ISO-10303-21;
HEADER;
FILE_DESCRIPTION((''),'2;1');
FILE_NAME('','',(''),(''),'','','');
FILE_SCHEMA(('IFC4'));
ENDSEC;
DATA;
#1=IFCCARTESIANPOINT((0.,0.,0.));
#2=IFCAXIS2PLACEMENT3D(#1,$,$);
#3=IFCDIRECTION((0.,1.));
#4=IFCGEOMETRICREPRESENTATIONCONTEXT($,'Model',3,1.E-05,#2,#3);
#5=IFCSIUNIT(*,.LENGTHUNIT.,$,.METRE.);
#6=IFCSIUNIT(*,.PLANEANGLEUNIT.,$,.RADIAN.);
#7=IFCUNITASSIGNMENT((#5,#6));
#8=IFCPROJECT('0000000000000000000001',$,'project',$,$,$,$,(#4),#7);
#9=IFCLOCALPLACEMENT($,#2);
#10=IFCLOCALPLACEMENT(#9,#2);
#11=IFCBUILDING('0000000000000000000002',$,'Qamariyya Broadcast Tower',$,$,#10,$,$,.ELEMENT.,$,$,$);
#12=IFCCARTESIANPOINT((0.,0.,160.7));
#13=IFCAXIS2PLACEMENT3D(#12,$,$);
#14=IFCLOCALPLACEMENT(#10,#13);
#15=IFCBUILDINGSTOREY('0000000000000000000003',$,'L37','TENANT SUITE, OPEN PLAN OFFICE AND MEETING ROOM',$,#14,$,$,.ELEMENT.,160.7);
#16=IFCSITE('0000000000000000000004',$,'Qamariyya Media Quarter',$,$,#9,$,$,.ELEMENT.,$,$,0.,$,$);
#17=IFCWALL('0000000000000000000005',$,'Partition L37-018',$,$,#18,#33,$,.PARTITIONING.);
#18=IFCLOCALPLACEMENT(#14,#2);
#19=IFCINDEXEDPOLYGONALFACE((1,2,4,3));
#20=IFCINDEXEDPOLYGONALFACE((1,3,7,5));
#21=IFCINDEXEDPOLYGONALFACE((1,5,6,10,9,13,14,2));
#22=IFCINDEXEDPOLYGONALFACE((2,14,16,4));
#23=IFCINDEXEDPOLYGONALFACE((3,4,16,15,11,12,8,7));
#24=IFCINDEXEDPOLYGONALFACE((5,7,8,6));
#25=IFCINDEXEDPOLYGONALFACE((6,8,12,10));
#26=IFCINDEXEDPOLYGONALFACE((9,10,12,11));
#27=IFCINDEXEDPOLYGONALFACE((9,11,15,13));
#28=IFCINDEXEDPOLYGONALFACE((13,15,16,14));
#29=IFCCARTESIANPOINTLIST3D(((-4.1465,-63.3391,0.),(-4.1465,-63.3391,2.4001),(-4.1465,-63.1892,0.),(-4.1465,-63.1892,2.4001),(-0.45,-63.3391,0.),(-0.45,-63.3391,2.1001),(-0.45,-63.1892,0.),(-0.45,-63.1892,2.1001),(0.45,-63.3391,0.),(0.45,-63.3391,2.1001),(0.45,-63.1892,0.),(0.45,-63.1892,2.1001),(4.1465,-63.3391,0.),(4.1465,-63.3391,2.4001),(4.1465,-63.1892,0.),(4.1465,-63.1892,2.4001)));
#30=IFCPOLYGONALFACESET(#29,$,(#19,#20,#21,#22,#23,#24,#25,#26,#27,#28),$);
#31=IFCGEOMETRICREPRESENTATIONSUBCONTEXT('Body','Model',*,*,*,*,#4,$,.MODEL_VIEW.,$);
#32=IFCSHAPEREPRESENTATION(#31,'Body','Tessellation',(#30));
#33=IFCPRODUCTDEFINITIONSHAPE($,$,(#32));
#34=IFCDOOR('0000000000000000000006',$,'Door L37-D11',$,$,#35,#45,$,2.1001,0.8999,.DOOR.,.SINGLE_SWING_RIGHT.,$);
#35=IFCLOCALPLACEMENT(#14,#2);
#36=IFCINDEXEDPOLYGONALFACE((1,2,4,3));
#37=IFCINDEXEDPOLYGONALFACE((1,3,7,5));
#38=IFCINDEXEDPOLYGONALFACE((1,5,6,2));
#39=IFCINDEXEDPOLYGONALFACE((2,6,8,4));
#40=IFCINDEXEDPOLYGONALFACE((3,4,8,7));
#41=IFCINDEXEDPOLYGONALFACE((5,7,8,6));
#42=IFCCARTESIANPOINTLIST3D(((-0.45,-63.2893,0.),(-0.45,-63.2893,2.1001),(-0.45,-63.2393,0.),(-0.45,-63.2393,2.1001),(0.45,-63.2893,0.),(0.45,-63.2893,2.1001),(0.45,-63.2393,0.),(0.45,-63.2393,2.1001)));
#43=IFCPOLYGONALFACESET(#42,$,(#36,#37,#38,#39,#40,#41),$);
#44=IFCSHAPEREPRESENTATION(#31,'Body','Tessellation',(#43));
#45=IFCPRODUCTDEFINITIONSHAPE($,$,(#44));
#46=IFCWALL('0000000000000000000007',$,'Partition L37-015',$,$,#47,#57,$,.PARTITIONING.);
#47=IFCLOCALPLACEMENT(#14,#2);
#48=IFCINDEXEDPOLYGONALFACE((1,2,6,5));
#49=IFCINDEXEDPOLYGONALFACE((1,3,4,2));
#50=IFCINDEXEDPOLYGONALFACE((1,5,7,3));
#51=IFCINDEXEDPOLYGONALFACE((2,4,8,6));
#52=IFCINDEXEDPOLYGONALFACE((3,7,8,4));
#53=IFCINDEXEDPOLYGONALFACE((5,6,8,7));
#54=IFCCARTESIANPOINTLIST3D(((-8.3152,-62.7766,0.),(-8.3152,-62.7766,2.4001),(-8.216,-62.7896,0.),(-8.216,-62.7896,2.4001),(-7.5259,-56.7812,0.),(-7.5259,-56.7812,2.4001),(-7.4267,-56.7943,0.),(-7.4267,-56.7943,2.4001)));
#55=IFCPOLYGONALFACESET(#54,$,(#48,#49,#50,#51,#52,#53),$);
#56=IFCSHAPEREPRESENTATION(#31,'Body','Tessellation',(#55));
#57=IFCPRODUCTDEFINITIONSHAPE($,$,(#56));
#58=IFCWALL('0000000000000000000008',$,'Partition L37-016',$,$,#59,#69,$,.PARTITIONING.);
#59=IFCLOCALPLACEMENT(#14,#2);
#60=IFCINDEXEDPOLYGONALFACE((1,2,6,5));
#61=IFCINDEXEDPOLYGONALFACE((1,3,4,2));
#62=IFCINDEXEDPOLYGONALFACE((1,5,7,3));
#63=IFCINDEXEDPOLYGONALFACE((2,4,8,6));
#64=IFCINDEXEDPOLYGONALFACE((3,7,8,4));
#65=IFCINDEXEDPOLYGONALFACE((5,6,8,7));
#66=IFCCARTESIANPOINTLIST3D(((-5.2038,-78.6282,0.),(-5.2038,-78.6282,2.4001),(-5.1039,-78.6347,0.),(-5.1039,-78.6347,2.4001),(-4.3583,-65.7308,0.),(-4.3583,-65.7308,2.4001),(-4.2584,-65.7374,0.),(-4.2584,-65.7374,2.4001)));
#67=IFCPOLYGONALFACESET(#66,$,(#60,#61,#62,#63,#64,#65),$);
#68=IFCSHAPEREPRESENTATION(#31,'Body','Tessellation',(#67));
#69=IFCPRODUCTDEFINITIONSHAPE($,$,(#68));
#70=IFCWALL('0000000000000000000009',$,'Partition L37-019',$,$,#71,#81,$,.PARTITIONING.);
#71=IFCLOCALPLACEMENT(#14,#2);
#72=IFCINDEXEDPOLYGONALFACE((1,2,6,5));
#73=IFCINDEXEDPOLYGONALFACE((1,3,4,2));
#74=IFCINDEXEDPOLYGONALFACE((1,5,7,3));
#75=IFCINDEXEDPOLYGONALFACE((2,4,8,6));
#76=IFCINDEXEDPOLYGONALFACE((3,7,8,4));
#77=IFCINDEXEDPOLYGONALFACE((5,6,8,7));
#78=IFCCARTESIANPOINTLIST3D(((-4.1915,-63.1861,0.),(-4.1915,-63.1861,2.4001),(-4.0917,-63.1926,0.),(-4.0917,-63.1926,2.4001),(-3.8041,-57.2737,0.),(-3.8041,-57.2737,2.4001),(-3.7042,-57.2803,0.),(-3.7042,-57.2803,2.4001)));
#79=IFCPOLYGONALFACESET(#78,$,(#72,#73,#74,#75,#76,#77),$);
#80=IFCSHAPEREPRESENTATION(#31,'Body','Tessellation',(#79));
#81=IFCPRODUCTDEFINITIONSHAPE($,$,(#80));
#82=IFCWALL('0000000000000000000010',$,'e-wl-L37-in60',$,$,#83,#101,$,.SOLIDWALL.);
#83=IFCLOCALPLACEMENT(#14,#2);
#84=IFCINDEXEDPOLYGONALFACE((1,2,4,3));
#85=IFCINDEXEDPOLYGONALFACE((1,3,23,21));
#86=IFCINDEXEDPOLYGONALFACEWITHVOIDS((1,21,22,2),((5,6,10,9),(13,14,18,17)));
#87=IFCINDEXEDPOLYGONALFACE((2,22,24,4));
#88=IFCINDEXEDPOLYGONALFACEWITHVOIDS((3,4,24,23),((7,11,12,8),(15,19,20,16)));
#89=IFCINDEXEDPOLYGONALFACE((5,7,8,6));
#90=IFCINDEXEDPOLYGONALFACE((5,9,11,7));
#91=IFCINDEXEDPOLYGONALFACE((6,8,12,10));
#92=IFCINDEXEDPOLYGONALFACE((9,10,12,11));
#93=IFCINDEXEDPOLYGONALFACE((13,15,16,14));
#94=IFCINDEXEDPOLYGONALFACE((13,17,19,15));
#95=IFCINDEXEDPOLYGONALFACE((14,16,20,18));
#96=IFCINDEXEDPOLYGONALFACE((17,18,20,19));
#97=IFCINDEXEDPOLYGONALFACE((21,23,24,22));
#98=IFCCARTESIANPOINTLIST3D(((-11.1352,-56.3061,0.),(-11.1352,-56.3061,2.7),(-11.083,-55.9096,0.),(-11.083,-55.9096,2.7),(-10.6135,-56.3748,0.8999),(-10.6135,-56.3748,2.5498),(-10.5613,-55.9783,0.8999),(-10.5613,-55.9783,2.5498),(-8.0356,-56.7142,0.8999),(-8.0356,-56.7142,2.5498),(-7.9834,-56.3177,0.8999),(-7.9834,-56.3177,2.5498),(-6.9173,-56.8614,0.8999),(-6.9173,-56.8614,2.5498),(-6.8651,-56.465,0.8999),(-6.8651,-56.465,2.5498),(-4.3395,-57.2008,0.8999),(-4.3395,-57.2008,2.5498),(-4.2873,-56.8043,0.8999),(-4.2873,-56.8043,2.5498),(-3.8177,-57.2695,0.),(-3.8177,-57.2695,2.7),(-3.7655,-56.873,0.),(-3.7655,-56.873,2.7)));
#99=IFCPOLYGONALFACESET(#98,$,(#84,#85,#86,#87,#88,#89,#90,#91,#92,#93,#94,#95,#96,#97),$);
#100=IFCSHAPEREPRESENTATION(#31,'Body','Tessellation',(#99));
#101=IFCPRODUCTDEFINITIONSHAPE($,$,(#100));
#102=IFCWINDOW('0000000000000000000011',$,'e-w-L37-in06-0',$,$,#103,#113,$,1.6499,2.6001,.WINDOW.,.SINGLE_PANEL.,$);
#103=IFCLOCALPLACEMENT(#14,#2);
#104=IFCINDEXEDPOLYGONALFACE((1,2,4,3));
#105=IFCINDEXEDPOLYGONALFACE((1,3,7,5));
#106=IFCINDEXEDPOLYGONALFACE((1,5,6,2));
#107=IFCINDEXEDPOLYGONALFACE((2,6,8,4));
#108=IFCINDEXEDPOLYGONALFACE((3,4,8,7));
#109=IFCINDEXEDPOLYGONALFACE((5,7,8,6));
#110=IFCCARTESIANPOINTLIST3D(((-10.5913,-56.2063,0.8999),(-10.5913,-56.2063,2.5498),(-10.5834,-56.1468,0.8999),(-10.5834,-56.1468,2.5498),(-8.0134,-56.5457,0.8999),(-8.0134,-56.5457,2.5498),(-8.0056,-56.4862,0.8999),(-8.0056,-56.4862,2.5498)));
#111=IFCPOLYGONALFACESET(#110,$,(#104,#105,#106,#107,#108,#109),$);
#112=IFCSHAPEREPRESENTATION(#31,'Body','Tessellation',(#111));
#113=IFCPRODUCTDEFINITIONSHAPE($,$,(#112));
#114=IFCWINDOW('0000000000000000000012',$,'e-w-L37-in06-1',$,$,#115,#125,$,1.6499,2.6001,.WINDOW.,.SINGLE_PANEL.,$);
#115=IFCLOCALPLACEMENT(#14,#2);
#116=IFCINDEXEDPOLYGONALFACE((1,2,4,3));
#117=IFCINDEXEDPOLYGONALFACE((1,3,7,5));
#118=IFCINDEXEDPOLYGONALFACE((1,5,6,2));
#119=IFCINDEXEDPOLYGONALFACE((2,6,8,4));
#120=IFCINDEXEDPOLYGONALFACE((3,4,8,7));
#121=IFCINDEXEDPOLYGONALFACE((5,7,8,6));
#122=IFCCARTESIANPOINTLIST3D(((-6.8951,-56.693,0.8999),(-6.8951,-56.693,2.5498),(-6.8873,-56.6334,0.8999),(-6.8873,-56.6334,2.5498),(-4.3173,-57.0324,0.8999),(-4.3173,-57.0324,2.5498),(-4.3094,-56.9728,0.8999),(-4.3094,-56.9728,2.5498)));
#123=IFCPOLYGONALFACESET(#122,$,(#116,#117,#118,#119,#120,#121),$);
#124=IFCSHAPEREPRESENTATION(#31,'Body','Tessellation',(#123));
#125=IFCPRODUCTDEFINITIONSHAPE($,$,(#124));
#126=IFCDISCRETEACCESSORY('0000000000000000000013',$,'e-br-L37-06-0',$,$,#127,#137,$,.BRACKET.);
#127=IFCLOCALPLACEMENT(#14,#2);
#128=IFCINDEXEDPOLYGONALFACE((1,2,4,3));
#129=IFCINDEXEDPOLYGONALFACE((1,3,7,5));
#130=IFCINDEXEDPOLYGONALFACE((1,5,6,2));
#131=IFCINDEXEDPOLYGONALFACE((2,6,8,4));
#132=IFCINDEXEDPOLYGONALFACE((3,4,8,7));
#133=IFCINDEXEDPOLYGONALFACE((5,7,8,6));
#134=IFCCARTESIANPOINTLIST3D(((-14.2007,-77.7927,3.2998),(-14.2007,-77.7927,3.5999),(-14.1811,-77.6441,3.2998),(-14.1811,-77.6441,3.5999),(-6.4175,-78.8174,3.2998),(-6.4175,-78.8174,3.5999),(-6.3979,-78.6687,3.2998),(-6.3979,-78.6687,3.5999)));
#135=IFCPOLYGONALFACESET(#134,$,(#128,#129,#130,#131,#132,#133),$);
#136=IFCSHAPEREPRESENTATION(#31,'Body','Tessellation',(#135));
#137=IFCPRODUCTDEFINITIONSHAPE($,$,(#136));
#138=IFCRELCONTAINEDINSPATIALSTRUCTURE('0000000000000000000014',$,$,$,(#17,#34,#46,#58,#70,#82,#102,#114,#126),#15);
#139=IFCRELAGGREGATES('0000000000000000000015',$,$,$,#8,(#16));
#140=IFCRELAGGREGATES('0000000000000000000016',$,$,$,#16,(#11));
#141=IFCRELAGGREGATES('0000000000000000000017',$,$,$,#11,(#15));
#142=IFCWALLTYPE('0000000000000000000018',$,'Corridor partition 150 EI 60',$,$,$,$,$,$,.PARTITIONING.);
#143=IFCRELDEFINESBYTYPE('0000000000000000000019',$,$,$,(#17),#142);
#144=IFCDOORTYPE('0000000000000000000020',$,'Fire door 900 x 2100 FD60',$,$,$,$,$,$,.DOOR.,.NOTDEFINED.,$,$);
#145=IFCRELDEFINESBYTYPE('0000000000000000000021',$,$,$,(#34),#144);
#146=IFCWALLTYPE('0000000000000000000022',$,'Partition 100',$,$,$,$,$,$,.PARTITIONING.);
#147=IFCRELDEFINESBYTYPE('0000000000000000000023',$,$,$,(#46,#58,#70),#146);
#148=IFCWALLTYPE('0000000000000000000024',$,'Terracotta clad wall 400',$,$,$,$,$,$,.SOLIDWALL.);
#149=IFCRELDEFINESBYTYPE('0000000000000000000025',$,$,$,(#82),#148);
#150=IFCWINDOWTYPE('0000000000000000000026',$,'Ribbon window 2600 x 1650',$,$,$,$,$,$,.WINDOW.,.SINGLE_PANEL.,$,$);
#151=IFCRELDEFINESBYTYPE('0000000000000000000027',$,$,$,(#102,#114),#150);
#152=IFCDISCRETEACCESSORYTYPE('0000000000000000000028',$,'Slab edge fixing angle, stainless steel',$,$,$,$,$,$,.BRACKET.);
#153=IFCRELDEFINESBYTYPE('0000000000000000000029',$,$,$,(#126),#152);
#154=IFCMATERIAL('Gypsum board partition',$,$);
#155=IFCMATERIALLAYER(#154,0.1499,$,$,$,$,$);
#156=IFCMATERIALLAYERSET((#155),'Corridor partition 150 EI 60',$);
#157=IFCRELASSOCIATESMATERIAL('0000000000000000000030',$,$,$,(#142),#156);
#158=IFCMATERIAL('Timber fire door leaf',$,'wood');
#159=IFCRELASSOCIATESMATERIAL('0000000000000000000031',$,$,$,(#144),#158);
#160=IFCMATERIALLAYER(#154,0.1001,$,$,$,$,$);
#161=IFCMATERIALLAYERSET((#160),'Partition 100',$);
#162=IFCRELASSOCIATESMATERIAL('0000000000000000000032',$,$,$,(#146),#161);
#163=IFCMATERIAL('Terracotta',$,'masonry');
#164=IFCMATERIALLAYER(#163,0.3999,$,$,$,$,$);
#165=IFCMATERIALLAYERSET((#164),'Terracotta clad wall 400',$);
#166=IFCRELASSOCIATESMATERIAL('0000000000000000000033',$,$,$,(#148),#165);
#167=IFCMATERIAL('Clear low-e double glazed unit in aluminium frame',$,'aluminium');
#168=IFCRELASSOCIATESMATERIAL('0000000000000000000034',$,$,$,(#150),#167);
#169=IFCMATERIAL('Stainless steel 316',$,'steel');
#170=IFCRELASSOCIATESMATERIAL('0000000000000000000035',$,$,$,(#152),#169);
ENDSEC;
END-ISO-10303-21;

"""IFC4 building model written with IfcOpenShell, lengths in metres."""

from ifc_helpers import new_model, si_unit, direction, frame, frame_2d, origin, origin_2d, place, context, subcontext, project, spatial, rectangle, extrude, material, layer, layer_set, type_object, element, fill, save


model = new_model("IFC4")

# Units and contexts
model_context = context("Model", 3, precision=1e-05, world=origin(), true_north=direction((0.0, 1.0)))
body_context = subcontext(model_context, "Body", "Model", "MODEL_VIEW")
ifc_project = project(units=[si_unit("LENGTHUNIT", "METRE"), si_unit("PLANEANGLEUNIT", "RADIAN")], contexts=[model_context])

# Site, building, storey
site_placement = place(None, origin())
site = spatial("IfcSite", under=ifc_project, at=site_placement, Name="Qamariyya Media Quarter", CompositionType="ELEMENT", RefElevation=0.0)
building_placement = place(site_placement, origin())
building = spatial("IfcBuilding", under=site, at=building_placement, Name="Qamariyya Broadcast Tower", CompositionType="ELEMENT")
storey_placement = place(building_placement, frame((0.0, 0.0, 160.7)))
storey = spatial("IfcBuildingStorey", under=building, at=storey_placement, Name="L37", Description="TENANT SUITE, OPEN PLAN OFFICE AND MEETING ROOM", CompositionType="ELEMENT", Elevation=160.7)

# Wall, opening, door
ifc_material_1 = material(Name="Gypsum board partition")
ifc_layer_1 = layer(ifc_material_1, 0.1499)
ifc_layer_set_1 = layer_set([ifc_layer_1], Name="Corridor partition 150 EI 60")
wall_type_1 = type_object("IfcWallType", Name="Corridor partition 150 EI 60", PredefinedType="PARTITIONING", material=ifc_layer_set_1)
ifc_material_2 = material(Name="Timber fire door leaf", Category="wood")
door_type_1 = type_object("IfcDoorType", Name="Fire door 900 x 2100 FD60", OperationType="NOTDEFINED", PredefinedType="DOOR", material=ifc_material_2)
wall_1_placement = place(storey_placement, frame((-4.1465, -63.2642, 0.0), z_axis=(0.0, 0.0, 1.0), x_axis=(1.0, 0.0, 0.0)))
wall_1 = element("IfcWall", 1, at=wall_1_placement, inside=storey, type_object=wall_type_1, Name="Partition L37-018", PredefinedType="PARTITIONING", context=body_context, shape_type="SweptSolid", body=[
    extrude(rectangle(XDim=8.293, YDim=0.1499, at=frame_2d((4.1465, 0.0))), origin(), (0.0, 0.0, 1.0), 2.4001),
])
opening_1_placement = place(wall_1_placement, frame((3.6965, 0.0, 0.0)))
opening_1 = element("IfcOpeningElement", 2, at=opening_1_placement, cuts=wall_1, PredefinedType="OPENING", context=body_context, shape_type="SweptSolid", body=[
    extrude(rectangle(XDim=0.8999, YDim=2.1001, at=frame_2d((0.45, 1.05))), frame((0.0, 0.085, 0.0), z_axis=(0.0, -1.0, 0.0), x_axis=(1.0, 0.0, 0.0)), (0.0, 0.0, 1.0), 0.1699),
])
door_1_placement = place(opening_1_placement, origin())
door_1 = element("IfcDoor", 3, at=door_1_placement, inside=storey, type_object=door_type_1, Name="Door L37-D11", OperationType="SINGLE_SWING_RIGHT", OverallHeight=2.1001, OverallWidth=0.8999, PredefinedType="DOOR", context=body_context, shape_type="SweptSolid", body=[
    extrude(rectangle(XDim=0.8999, YDim=2.1001, at=frame_2d((0.45, 1.05))), frame((0.0, 0.0249, 0.0), z_axis=(0.0, -1.0, 0.0), x_axis=(1.0, 0.0, 0.0)), (0.0, 0.0, 1.0), 0.05),
])
fill(opening_1, door_1)

# Walls
ifc_layer_2 = layer(ifc_material_1, 0.1001)
ifc_layer_set_2 = layer_set([ifc_layer_2], Name="Partition 100")
wall_type_2 = type_object("IfcWallType", Name="Partition 100", PredefinedType="PARTITIONING", material=ifc_layer_set_2)
wall_2_placement = place(storey_placement, frame((-7.4763, -56.7878, 0.0), z_axis=(0.0, 0.0, 1.0), x_axis=(-0.130527, -0.991445, 0.0)))
element("IfcWall", 4, at=wall_2_placement, inside=storey, type_object=wall_type_2, Name="Partition L37-015", PredefinedType="PARTITIONING", context=body_context, shape_type="SweptSolid", body=[
    extrude(rectangle(XDim=6.0471, YDim=0.1001, at=frame_2d((3.0234, 0.0))), origin(), (0.0, 0.0, 1.0), 2.4001),
])
wall_3_placement = place(storey_placement, frame((-5.1538, -78.6313, 0.0), z_axis=(0.0, 0.0, 1.0), x_axis=(0.065412, 0.997858, 0.0)))
element("IfcWall", 5, at=wall_3_placement, inside=storey, type_object=wall_type_2, Name="Partition L37-016", PredefinedType="PARTITIONING", context=body_context, shape_type="SweptSolid", body=[
    extrude(rectangle(XDim=12.925, YDim=0.1001, at=frame_2d((6.4624, 0.0))), origin(), (0.0, 0.0, 1.0), 2.4001),
])
wall_4_placement = place(storey_placement, frame((-3.7542, -57.2771, 0.0), z_axis=(0.0, 0.0, 1.0), x_axis=(-0.065392, -0.99786, 0.0)))
element("IfcWall", 6, at=wall_4_placement, inside=storey, type_object=wall_type_2, Name="Partition L37-019", PredefinedType="PARTITIONING", context=body_context, shape_type="SweptSolid", body=[
    extrude(rectangle(XDim=5.925, YDim=0.1001, at=frame_2d((2.9624, 0.0))), origin(), (0.0, 0.0, 1.0), 2.4001),
])

# Wall, openings, windows
ifc_material_3 = material(Name="Terracotta", Category="masonry")
ifc_layer_3 = layer(ifc_material_3, 0.3999)
ifc_layer_set_3 = layer_set([ifc_layer_3], Name="Terracotta clad wall 400")
wall_type_3 = type_object("IfcWallType", Name="Terracotta clad wall 400", PredefinedType="SOLIDWALL", material=ifc_layer_set_3)
wall_5_placement = place(storey_placement, frame((-3.7915, -57.0713, 0.0), z_axis=(0.0, 0.0, 1.0), x_axis=(-0.991444, 0.13053, 0.0)))
wall_5 = element("IfcWall", 7, at=wall_5_placement, inside=storey, type_object=wall_type_3, Name="e-wl-L37-in60", PredefinedType="SOLIDWALL", context=body_context, shape_type="SweptSolid", body=[
    extrude(rectangle(XDim=7.3806, YDim=0.3999, at=frame_2d((3.6904, 0.0))), origin(), (0.0, 0.0, 1.0), 2.7),
])
opening_2_placement = place(wall_5_placement, frame((4.2544, 0.0, 0.8999)))
opening_2 = element("IfcOpeningElement", 8, at=opening_2_placement, cuts=wall_5, PredefinedType="OPENING", context=body_context, shape_type="SweptSolid", body=[
    extrude(rectangle(XDim=2.6001, YDim=1.6499, at=frame_2d((1.3, 0.825))), frame((0.0, 0.21, 0.0), z_axis=(0.0, -1.0, 0.0), x_axis=(1.0, 0.0, 0.0)), (0.0, 0.0, 1.0), 0.4199),
])
opening_3_placement = place(wall_5_placement, frame((0.5264, 0.0, 0.8999)))
opening_3 = element("IfcOpeningElement", 9, at=opening_3_placement, cuts=wall_5, PredefinedType="OPENING", context=body_context, shape_type="SweptSolid", body=[
    extrude(rectangle(XDim=2.6001, YDim=1.6499, at=frame_2d((1.3, 0.825))), frame((0.0, 0.21, 0.0), z_axis=(0.0, -1.0, 0.0), x_axis=(1.0, 0.0, 0.0)), (0.0, 0.0, 1.0), 0.4199),
])
ifc_material_4 = material(Name="Clear low-e double glazed unit in aluminium frame", Category="aluminium")
window_type = type_object("IfcWindowType", Name="Ribbon window 2600 x 1650", PartitioningType="SINGLE_PANEL", PredefinedType="WINDOW", material=ifc_material_4)
window_1_placement = place(opening_2_placement, origin())
window_1 = element("IfcWindow", 10, at=window_1_placement, inside=storey, type_object=window_type, Name="e-w-L37-in06-0", OverallHeight=1.6499, OverallWidth=2.6001, PartitioningType="SINGLE_PANEL", PredefinedType="WINDOW", context=body_context, shape_type="SweptSolid", body=[
    extrude(rectangle(XDim=2.6001, YDim=1.6499, at=frame_2d((1.3, 0.825))), frame((0.0, 0.03, 0.0), z_axis=(0.0, -1.0, 0.0), x_axis=(1.0, 0.0, 0.0)), (0.0, 0.0, 1.0), 0.0601),
])
fill(opening_2, window_1)
window_2_placement = place(opening_3_placement, origin())
window_2 = element("IfcWindow", 11, at=window_2_placement, inside=storey, type_object=window_type, Name="e-w-L37-in06-1", OverallHeight=1.6499, OverallWidth=2.6001, PartitioningType="SINGLE_PANEL", PredefinedType="WINDOW", context=body_context, shape_type="SweptSolid", body=[
    extrude(rectangle(XDim=2.6001, YDim=1.6499, at=frame_2d((1.3, 0.825))), frame((0.0, 0.03, 0.0), z_axis=(0.0, -1.0, 0.0), x_axis=(1.0, 0.0, 0.0)), (0.0, 0.0, 1.0), 0.0601),
])
fill(opening_3, window_2)

# Discrete accessory
ifc_material_5 = material(Name="Stainless steel 316", Category="steel")
discrete_accessory_type = type_object("IfcDiscreteAccessoryType", Name="Slab edge fixing angle, stainless steel", PredefinedType="BRACKET", material=ifc_material_5)
discrete_accessory_placement = place(storey_placement, frame((-10.2993, -78.2307, 3.2998), z_axis=(0.0, 0.0, 1.0), x_axis=(0.991445, -0.130526, 0.0)))
element("IfcDiscreteAccessory", 12, at=discrete_accessory_placement, inside=storey, type_object=discrete_accessory_type, Name="e-br-L37-06-0", PredefinedType="BRACKET", context=body_context, shape_type="SweptSolid", body=[
    extrude(rectangle(XDim=7.8503, YDim=0.1499, at=origin_2d()), origin(), (0.0, 0.0, 1.0), 0.3),
])

save(model, "model.ifc")
